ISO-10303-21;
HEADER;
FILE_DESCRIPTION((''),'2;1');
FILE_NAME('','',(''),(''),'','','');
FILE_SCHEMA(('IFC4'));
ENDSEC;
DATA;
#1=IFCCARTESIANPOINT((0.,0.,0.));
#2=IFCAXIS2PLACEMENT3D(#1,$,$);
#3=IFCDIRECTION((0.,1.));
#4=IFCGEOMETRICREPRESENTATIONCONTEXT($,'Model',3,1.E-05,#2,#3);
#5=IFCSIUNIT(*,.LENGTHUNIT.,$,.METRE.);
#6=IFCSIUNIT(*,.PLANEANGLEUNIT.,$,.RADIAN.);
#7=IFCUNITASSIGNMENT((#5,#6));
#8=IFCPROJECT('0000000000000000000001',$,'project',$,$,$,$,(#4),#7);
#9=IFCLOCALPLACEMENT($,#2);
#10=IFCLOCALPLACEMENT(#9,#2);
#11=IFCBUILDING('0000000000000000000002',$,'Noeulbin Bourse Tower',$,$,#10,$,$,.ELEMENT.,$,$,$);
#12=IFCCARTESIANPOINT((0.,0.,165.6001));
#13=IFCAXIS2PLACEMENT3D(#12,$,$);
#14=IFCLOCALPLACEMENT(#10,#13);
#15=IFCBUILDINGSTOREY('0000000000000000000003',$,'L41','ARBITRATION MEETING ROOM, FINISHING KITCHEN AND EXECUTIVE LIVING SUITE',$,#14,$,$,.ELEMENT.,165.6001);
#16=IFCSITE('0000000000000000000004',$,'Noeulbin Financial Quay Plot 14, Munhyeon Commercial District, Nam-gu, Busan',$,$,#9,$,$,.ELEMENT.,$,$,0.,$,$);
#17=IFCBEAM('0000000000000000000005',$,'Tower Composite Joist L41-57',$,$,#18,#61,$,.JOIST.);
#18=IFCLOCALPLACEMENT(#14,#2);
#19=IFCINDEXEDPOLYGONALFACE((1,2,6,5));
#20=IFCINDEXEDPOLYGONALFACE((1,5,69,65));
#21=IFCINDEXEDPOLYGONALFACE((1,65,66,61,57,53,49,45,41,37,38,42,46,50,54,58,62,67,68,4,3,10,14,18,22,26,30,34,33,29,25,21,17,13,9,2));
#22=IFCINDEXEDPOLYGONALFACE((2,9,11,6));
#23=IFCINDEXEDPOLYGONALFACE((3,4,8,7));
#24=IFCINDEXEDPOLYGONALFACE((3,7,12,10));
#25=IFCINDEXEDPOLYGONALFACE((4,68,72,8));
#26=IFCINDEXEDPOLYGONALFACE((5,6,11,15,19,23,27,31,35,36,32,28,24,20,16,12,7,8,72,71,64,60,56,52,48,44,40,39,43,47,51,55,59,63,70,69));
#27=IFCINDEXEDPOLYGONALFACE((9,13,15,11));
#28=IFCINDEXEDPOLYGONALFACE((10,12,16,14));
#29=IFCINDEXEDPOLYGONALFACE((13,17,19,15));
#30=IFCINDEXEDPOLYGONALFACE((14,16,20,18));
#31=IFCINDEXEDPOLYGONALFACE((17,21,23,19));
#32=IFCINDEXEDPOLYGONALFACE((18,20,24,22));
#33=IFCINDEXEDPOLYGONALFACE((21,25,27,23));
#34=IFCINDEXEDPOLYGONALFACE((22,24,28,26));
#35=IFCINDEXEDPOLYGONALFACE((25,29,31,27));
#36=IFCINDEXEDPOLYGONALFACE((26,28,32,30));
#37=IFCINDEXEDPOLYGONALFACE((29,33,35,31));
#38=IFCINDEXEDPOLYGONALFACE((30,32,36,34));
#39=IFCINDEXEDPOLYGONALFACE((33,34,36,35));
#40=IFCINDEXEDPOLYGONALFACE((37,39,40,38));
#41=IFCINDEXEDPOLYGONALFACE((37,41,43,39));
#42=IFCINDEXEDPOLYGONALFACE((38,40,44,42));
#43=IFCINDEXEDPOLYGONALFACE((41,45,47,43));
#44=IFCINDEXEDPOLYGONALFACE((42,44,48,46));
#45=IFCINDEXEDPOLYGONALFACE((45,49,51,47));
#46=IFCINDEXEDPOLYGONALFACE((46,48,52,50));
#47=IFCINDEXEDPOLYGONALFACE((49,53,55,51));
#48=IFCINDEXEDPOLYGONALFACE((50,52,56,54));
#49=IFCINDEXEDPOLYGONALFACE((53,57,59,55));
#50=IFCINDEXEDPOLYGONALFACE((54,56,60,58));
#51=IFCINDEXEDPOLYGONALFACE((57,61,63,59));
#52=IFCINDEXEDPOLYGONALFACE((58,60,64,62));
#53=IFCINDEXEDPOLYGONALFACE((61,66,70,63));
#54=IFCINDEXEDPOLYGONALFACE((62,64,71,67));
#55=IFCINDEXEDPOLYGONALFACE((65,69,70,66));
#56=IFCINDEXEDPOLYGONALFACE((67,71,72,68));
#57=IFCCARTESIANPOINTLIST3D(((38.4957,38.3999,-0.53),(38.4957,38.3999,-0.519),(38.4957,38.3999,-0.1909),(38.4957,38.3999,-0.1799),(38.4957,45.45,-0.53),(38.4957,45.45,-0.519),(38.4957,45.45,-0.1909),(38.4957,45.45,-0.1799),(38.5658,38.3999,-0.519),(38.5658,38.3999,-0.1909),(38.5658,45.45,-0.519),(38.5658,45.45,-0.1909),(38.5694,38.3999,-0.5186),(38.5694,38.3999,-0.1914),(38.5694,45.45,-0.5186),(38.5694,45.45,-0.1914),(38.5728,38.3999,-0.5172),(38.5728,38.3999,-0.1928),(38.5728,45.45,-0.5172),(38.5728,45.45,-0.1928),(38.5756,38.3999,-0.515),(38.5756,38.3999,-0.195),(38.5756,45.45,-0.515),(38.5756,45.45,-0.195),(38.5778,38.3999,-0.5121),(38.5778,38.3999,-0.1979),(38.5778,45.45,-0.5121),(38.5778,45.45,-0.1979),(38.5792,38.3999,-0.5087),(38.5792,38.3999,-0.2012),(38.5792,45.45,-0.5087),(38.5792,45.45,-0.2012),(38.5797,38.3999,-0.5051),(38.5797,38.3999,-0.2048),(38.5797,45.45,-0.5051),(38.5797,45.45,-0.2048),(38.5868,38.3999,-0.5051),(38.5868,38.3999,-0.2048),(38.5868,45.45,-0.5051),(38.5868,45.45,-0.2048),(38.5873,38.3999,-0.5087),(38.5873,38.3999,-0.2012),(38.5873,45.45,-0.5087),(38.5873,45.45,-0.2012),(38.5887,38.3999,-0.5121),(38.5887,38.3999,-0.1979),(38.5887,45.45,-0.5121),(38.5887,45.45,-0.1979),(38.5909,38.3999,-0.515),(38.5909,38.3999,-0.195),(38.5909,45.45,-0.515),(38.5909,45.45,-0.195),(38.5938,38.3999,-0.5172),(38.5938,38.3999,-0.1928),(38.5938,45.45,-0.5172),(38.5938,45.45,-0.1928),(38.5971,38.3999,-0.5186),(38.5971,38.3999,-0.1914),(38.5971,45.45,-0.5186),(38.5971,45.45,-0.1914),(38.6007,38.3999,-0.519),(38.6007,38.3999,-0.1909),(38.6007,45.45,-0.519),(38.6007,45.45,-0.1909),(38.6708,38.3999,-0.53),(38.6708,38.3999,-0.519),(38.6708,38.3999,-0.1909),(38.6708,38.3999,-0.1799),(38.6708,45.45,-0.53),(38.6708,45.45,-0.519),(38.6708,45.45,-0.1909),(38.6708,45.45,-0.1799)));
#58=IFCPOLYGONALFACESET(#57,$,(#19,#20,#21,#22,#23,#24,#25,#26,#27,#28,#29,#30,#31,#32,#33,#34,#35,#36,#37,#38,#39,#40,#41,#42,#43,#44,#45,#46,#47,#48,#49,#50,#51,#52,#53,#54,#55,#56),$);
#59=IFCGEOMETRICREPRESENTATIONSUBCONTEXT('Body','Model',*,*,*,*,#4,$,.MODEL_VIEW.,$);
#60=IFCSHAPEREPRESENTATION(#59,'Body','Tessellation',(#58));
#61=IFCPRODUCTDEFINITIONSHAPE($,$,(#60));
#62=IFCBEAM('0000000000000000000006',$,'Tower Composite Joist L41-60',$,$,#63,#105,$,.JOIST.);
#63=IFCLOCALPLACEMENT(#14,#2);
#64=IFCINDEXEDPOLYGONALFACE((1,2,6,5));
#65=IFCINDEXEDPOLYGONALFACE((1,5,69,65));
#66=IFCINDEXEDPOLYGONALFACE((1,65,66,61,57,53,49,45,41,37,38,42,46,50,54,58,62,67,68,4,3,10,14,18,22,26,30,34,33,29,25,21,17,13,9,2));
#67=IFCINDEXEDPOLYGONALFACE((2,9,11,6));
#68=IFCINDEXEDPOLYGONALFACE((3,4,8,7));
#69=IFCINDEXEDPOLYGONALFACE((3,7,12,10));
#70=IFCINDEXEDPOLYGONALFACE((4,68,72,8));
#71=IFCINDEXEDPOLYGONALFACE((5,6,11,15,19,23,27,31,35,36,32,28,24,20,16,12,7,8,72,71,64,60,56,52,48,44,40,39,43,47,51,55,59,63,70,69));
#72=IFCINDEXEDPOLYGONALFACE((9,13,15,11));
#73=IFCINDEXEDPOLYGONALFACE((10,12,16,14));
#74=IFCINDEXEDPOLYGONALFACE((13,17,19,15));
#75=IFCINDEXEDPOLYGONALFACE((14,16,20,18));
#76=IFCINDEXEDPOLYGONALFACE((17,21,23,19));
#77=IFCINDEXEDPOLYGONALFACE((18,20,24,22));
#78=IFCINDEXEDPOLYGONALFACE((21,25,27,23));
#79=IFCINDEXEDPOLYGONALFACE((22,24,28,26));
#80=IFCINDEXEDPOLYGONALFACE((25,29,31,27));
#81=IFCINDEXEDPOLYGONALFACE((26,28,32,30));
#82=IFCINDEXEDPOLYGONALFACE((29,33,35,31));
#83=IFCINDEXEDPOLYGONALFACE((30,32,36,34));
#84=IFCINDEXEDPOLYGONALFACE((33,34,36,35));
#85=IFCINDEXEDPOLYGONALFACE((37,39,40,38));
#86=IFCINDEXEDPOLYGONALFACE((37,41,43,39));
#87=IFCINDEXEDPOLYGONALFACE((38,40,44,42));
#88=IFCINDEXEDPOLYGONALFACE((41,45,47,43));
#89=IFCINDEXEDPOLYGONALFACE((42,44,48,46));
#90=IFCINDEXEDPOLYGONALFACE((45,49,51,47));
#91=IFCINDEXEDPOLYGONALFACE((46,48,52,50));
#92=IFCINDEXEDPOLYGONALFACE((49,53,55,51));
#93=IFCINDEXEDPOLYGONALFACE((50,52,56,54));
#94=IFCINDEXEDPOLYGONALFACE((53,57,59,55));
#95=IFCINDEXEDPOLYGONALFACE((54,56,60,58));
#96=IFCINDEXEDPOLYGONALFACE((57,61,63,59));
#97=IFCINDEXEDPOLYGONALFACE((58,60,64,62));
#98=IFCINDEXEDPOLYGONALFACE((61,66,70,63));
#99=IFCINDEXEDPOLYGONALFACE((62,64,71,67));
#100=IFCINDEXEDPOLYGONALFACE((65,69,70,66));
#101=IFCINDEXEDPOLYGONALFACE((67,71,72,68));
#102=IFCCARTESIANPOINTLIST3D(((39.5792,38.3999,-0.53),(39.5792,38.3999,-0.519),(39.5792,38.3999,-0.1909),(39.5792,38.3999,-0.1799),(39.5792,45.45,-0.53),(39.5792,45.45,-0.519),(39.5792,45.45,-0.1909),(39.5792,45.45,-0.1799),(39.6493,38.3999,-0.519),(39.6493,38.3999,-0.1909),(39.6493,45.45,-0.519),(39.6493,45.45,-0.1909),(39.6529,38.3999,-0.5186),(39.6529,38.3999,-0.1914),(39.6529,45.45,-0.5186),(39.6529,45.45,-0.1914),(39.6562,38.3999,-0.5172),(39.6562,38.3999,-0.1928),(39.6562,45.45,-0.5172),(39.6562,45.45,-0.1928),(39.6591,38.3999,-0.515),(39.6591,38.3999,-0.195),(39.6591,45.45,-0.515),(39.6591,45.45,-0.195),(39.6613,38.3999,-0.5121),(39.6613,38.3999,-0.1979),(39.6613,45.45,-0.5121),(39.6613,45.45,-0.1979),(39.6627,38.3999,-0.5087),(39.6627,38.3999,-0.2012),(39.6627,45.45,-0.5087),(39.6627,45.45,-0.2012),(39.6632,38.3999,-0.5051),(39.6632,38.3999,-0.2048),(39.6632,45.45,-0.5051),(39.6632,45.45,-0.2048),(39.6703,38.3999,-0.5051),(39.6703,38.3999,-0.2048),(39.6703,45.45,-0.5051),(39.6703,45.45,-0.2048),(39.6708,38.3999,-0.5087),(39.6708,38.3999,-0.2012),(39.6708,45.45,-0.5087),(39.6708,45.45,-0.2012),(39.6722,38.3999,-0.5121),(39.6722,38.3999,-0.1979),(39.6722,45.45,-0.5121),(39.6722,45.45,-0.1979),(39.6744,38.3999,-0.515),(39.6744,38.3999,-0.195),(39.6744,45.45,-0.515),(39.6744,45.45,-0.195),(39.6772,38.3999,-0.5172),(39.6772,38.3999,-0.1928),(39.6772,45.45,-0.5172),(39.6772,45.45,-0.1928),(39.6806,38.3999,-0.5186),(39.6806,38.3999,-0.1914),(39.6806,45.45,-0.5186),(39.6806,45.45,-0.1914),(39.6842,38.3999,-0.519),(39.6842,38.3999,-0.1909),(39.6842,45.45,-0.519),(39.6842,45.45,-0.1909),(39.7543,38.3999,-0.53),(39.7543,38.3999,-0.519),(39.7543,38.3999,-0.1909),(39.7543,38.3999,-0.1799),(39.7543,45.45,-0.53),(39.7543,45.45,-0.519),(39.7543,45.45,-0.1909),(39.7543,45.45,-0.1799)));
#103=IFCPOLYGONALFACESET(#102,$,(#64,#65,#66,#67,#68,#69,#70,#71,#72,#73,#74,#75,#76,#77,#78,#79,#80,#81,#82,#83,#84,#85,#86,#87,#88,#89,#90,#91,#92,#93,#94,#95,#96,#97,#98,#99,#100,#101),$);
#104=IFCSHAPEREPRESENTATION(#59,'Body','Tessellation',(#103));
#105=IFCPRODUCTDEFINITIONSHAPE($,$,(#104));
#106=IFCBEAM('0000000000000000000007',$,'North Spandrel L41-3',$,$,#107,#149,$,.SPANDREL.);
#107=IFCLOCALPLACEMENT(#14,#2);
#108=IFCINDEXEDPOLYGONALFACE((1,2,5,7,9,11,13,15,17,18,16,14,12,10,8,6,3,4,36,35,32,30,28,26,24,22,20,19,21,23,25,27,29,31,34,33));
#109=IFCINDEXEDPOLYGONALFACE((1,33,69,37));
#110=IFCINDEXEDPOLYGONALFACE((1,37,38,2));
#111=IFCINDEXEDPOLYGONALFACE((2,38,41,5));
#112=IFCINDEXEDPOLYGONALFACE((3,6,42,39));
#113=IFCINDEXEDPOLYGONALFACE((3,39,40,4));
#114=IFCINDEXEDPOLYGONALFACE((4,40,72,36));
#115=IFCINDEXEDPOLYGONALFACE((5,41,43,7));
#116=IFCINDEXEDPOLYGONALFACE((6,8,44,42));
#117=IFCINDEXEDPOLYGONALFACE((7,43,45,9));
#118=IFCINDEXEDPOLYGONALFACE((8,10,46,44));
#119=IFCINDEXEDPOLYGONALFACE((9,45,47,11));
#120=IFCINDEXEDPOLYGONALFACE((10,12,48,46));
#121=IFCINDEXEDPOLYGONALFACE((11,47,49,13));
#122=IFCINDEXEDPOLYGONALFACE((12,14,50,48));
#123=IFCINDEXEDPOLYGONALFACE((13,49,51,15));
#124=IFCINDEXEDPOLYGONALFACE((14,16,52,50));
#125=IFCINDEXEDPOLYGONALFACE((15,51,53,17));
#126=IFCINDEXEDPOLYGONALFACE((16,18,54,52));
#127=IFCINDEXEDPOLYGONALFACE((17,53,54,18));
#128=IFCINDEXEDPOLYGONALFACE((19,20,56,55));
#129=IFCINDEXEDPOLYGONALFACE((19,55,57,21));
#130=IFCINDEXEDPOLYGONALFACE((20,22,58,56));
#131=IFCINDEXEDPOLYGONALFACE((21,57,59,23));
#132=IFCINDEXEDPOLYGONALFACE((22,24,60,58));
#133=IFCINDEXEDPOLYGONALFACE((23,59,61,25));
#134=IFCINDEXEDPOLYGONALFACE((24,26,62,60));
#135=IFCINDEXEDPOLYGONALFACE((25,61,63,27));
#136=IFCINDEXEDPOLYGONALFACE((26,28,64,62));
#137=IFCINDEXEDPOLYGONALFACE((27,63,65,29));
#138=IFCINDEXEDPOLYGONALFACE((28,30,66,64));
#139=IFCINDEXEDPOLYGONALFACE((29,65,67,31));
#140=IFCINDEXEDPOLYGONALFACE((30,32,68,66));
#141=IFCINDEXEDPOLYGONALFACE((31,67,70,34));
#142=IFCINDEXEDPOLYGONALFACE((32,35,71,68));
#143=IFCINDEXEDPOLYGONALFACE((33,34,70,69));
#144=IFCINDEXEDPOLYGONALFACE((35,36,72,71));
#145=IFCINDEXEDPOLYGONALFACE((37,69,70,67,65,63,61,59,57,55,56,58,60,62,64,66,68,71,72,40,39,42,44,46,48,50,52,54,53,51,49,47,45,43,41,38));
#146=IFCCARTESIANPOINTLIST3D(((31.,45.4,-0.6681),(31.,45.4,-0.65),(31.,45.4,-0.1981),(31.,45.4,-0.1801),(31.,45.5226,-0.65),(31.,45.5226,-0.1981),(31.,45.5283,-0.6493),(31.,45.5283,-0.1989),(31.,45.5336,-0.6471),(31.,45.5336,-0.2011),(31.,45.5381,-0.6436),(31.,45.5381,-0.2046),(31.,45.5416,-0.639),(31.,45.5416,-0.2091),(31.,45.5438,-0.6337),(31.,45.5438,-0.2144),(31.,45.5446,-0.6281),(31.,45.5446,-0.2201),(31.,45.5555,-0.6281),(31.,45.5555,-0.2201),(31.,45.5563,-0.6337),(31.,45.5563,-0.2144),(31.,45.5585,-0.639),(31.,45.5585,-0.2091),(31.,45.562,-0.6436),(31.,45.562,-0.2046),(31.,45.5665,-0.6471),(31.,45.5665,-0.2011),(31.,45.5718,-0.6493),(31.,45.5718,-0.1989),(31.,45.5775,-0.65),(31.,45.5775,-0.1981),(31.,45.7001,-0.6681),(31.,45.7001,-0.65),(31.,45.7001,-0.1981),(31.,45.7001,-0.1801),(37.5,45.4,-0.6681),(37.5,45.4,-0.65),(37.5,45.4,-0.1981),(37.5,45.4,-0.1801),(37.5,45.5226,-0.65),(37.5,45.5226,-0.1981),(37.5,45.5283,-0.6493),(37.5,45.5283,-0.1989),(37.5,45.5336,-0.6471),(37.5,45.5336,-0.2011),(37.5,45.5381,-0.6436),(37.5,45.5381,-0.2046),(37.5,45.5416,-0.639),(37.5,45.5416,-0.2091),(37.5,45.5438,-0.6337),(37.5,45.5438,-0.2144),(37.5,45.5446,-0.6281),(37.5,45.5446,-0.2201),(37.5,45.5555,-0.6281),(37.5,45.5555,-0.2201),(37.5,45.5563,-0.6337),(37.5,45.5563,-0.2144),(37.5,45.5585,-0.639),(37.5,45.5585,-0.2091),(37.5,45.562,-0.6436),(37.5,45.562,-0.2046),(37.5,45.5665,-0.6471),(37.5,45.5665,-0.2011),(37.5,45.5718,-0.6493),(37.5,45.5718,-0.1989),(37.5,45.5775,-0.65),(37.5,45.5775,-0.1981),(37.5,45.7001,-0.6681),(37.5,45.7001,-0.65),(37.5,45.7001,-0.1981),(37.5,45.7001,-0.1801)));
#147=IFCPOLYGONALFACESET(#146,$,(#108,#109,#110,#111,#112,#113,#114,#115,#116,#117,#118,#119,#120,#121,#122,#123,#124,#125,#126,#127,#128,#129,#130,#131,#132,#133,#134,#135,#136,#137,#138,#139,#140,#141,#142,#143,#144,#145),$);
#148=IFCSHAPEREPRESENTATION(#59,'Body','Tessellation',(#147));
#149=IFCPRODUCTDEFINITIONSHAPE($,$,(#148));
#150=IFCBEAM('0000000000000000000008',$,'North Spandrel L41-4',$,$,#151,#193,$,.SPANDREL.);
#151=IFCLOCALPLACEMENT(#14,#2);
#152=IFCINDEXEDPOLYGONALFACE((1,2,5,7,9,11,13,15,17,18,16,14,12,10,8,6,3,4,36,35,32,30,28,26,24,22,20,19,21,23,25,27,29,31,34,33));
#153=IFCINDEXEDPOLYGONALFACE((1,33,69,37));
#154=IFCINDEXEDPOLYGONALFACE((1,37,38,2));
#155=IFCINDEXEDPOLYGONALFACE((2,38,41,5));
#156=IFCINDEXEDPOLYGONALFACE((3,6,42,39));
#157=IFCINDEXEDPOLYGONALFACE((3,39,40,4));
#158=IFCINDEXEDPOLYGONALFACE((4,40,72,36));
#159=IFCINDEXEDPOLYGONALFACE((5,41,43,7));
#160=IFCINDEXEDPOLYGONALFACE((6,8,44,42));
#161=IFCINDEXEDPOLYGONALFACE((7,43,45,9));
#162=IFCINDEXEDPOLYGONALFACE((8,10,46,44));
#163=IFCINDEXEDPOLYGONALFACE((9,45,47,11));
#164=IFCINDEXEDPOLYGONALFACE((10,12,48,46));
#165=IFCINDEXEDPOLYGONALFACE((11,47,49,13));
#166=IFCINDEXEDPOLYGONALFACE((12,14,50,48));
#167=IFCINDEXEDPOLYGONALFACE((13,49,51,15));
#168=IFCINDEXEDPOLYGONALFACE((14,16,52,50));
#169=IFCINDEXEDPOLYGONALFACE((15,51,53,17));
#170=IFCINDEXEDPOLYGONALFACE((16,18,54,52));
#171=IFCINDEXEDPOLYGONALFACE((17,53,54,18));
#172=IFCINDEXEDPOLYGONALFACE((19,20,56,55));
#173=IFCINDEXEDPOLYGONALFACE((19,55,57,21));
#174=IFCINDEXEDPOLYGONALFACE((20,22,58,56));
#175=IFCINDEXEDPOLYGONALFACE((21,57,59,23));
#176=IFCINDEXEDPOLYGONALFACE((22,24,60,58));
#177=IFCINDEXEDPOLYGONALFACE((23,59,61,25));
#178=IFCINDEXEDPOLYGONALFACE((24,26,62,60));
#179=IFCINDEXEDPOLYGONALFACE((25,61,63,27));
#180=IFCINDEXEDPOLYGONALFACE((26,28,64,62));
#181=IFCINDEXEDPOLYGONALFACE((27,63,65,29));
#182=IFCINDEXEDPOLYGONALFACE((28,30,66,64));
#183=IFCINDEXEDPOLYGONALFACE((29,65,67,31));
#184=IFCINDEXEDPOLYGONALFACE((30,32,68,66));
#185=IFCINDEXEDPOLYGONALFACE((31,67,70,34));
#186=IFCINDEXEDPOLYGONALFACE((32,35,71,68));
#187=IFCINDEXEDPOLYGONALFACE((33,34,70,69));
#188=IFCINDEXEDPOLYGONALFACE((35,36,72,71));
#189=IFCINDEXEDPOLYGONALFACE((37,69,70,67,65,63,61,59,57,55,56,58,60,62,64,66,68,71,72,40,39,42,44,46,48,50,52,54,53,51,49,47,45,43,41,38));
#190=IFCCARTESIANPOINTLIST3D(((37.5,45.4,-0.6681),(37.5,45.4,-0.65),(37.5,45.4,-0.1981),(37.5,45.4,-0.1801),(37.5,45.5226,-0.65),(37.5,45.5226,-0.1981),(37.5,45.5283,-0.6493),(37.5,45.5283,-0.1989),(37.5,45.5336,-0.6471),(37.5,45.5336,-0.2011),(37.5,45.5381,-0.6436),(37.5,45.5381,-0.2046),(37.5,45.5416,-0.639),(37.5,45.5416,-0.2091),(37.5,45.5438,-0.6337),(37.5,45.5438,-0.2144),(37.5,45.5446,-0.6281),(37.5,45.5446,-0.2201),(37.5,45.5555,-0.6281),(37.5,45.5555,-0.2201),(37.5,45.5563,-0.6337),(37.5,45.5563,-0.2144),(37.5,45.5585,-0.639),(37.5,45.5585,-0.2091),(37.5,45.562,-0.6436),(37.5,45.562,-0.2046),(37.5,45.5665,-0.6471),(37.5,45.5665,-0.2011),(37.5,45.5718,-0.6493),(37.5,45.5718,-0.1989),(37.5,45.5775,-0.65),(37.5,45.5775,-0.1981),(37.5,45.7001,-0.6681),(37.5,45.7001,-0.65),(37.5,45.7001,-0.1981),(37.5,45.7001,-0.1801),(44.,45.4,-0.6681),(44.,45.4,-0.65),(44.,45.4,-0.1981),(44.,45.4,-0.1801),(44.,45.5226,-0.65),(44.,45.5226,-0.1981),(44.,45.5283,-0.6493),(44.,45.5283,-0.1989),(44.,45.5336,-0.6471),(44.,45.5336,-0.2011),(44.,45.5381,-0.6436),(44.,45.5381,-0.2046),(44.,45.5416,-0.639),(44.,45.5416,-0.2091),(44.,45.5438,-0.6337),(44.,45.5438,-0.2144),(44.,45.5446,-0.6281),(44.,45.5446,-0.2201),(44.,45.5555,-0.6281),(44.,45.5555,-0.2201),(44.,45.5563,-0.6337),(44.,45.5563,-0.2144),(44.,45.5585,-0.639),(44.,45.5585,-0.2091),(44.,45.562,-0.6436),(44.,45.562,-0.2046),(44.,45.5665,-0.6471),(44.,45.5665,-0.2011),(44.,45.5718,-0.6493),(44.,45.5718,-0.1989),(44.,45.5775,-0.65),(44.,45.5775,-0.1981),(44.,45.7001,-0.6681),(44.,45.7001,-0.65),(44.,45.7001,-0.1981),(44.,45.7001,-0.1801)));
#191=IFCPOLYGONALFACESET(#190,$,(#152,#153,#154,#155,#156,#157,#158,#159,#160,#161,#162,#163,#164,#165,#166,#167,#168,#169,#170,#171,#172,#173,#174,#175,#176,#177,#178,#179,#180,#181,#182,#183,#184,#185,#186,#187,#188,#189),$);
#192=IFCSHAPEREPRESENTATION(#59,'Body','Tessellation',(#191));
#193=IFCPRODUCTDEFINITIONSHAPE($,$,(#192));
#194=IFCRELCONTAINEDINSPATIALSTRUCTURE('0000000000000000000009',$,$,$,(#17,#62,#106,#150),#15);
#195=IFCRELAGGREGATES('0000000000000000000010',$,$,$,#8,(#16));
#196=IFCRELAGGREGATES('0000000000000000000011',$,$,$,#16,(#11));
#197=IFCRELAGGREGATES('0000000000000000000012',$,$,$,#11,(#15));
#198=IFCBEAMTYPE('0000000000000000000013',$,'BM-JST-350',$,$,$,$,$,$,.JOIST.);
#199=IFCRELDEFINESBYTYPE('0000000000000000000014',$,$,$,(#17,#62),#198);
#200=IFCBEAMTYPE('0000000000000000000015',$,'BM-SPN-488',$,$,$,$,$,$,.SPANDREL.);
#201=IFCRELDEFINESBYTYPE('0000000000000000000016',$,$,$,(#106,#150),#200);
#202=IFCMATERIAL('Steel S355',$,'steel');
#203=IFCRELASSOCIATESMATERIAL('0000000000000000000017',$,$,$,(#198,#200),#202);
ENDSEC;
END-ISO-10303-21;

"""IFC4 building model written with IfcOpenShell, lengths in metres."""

from ifc_helpers import new_model, si_unit, direction, frame, origin, origin_2d, place, context, subcontext, project, spatial, i_section, extrude, material, material_profile, profile_set, type_object, element, save


model = new_model("IFC4")

# Units and contexts
model_context = context("Model", 3, precision=1e-05, world=origin(), true_north=direction((0.0, 1.0)))
body_context = subcontext(model_context, "Body", "Model", "MODEL_VIEW")
ifc_project = project(units=[si_unit("LENGTHUNIT", "METRE"), si_unit("PLANEANGLEUNIT", "RADIAN")], contexts=[model_context])

# Site, building, storey
site_placement = place(None, origin())
site = spatial("IfcSite", under=ifc_project, at=site_placement, Name="Noeulbin Financial Quay Plot 14, Munhyeon Commercial District, Nam-gu, Busan", CompositionType="ELEMENT", RefElevation=0.0)
building_placement = place(site_placement, origin())
building = spatial("IfcBuilding", under=site, at=building_placement, Name="Noeulbin Bourse Tower", CompositionType="ELEMENT")
storey_placement = place(building_placement, frame((0.0, 0.0, 165.6001)))
storey = spatial("IfcBuildingStorey", under=building, at=storey_placement, Name="L41", Description="ARBITRATION MEETING ROOM, FINISHING KITCHEN AND EXECUTIVE LIVING SUITE", CompositionType="ELEMENT", Elevation=165.6001)

# Shared definitions
ifc_material_1 = material(Name="Steel S355", Category="steel")

# Beams
ifc_material_profile_1 = material_profile(ifc_material_1, i_section(OverallWidth=0.175, OverallDepth=0.3501, WebThickness=0.0071, FlangeThickness=0.011, FilletRadius=0.0139, at=origin_2d()), Name="H-350x175x7x11", Category="LoadBearing")
ifc_profile_set_1 = profile_set([ifc_material_profile_1], Name="Steel S355")
beam_type_1 = type_object("IfcBeamType", Name="BM-JST-350", PredefinedType="JOIST", material=ifc_profile_set_1)
for number, where, z_axis, x_axis, name in (
    (1, (38.5833, 38.3999, -0.355), (0.0, 1.0, 0.0), (-1.0, 0.0, 0.0), "Tower Composite Joist L41-57"),
    (2, (39.6667, 38.3999, -0.355), (0.0, 1.0, 0.0), (-1.0, 0.0, 0.0), "Tower Composite Joist L41-60"),
):
    element("IfcBeam", number, at=place(storey_placement, frame(where, z_axis=z_axis, x_axis=x_axis)), inside=storey, type_object=beam_type_1, Name=name, PredefinedType="JOIST", context=body_context, shape_type="SweptSolid", body=[
        extrude(i_section(OverallWidth=0.175, OverallDepth=0.3501, WebThickness=0.0071, FlangeThickness=0.011, FilletRadius=0.0139, at=origin_2d()), origin(), (0.0, 0.0, 1.0), 7.05),
    ])
ifc_material_profile_2 = material_profile(ifc_material_1, i_section(OverallWidth=0.3, OverallDepth=0.488, WebThickness=0.011, FlangeThickness=0.0181, FilletRadius=0.022, at=origin_2d()), Name="H-488x300x11x18", Category="LoadBearing")
ifc_profile_set_2 = profile_set([ifc_material_profile_2], Name="Steel S355")
beam_type_2 = type_object("IfcBeamType", Name="BM-SPN-488", PredefinedType="SPANDREL", material=ifc_profile_set_2)
for number, where, z_axis, x_axis, name in (
    (3, (31.0, 45.55, -0.4241), (1.0, 0.0, 0.0), (0.0, 1.0, 0.0), "North Spandrel L41-3"),
    (4, (37.5, 45.55, -0.4241), (1.0, 0.0, 0.0), (0.0, 1.0, 0.0), "North Spandrel L41-4"),
):
    element("IfcBeam", number, at=place(storey_placement, frame(where, z_axis=z_axis, x_axis=x_axis)), inside=storey, type_object=beam_type_2, Name=name, PredefinedType="SPANDREL", context=body_context, shape_type="SweptSolid", body=[
        extrude(i_section(OverallWidth=0.3, OverallDepth=0.488, WebThickness=0.011, FlangeThickness=0.0181, FilletRadius=0.022, at=origin_2d()), origin(), (0.0, 0.0, 1.0), 6.5),
    ])

save(model, "model.ifc")
